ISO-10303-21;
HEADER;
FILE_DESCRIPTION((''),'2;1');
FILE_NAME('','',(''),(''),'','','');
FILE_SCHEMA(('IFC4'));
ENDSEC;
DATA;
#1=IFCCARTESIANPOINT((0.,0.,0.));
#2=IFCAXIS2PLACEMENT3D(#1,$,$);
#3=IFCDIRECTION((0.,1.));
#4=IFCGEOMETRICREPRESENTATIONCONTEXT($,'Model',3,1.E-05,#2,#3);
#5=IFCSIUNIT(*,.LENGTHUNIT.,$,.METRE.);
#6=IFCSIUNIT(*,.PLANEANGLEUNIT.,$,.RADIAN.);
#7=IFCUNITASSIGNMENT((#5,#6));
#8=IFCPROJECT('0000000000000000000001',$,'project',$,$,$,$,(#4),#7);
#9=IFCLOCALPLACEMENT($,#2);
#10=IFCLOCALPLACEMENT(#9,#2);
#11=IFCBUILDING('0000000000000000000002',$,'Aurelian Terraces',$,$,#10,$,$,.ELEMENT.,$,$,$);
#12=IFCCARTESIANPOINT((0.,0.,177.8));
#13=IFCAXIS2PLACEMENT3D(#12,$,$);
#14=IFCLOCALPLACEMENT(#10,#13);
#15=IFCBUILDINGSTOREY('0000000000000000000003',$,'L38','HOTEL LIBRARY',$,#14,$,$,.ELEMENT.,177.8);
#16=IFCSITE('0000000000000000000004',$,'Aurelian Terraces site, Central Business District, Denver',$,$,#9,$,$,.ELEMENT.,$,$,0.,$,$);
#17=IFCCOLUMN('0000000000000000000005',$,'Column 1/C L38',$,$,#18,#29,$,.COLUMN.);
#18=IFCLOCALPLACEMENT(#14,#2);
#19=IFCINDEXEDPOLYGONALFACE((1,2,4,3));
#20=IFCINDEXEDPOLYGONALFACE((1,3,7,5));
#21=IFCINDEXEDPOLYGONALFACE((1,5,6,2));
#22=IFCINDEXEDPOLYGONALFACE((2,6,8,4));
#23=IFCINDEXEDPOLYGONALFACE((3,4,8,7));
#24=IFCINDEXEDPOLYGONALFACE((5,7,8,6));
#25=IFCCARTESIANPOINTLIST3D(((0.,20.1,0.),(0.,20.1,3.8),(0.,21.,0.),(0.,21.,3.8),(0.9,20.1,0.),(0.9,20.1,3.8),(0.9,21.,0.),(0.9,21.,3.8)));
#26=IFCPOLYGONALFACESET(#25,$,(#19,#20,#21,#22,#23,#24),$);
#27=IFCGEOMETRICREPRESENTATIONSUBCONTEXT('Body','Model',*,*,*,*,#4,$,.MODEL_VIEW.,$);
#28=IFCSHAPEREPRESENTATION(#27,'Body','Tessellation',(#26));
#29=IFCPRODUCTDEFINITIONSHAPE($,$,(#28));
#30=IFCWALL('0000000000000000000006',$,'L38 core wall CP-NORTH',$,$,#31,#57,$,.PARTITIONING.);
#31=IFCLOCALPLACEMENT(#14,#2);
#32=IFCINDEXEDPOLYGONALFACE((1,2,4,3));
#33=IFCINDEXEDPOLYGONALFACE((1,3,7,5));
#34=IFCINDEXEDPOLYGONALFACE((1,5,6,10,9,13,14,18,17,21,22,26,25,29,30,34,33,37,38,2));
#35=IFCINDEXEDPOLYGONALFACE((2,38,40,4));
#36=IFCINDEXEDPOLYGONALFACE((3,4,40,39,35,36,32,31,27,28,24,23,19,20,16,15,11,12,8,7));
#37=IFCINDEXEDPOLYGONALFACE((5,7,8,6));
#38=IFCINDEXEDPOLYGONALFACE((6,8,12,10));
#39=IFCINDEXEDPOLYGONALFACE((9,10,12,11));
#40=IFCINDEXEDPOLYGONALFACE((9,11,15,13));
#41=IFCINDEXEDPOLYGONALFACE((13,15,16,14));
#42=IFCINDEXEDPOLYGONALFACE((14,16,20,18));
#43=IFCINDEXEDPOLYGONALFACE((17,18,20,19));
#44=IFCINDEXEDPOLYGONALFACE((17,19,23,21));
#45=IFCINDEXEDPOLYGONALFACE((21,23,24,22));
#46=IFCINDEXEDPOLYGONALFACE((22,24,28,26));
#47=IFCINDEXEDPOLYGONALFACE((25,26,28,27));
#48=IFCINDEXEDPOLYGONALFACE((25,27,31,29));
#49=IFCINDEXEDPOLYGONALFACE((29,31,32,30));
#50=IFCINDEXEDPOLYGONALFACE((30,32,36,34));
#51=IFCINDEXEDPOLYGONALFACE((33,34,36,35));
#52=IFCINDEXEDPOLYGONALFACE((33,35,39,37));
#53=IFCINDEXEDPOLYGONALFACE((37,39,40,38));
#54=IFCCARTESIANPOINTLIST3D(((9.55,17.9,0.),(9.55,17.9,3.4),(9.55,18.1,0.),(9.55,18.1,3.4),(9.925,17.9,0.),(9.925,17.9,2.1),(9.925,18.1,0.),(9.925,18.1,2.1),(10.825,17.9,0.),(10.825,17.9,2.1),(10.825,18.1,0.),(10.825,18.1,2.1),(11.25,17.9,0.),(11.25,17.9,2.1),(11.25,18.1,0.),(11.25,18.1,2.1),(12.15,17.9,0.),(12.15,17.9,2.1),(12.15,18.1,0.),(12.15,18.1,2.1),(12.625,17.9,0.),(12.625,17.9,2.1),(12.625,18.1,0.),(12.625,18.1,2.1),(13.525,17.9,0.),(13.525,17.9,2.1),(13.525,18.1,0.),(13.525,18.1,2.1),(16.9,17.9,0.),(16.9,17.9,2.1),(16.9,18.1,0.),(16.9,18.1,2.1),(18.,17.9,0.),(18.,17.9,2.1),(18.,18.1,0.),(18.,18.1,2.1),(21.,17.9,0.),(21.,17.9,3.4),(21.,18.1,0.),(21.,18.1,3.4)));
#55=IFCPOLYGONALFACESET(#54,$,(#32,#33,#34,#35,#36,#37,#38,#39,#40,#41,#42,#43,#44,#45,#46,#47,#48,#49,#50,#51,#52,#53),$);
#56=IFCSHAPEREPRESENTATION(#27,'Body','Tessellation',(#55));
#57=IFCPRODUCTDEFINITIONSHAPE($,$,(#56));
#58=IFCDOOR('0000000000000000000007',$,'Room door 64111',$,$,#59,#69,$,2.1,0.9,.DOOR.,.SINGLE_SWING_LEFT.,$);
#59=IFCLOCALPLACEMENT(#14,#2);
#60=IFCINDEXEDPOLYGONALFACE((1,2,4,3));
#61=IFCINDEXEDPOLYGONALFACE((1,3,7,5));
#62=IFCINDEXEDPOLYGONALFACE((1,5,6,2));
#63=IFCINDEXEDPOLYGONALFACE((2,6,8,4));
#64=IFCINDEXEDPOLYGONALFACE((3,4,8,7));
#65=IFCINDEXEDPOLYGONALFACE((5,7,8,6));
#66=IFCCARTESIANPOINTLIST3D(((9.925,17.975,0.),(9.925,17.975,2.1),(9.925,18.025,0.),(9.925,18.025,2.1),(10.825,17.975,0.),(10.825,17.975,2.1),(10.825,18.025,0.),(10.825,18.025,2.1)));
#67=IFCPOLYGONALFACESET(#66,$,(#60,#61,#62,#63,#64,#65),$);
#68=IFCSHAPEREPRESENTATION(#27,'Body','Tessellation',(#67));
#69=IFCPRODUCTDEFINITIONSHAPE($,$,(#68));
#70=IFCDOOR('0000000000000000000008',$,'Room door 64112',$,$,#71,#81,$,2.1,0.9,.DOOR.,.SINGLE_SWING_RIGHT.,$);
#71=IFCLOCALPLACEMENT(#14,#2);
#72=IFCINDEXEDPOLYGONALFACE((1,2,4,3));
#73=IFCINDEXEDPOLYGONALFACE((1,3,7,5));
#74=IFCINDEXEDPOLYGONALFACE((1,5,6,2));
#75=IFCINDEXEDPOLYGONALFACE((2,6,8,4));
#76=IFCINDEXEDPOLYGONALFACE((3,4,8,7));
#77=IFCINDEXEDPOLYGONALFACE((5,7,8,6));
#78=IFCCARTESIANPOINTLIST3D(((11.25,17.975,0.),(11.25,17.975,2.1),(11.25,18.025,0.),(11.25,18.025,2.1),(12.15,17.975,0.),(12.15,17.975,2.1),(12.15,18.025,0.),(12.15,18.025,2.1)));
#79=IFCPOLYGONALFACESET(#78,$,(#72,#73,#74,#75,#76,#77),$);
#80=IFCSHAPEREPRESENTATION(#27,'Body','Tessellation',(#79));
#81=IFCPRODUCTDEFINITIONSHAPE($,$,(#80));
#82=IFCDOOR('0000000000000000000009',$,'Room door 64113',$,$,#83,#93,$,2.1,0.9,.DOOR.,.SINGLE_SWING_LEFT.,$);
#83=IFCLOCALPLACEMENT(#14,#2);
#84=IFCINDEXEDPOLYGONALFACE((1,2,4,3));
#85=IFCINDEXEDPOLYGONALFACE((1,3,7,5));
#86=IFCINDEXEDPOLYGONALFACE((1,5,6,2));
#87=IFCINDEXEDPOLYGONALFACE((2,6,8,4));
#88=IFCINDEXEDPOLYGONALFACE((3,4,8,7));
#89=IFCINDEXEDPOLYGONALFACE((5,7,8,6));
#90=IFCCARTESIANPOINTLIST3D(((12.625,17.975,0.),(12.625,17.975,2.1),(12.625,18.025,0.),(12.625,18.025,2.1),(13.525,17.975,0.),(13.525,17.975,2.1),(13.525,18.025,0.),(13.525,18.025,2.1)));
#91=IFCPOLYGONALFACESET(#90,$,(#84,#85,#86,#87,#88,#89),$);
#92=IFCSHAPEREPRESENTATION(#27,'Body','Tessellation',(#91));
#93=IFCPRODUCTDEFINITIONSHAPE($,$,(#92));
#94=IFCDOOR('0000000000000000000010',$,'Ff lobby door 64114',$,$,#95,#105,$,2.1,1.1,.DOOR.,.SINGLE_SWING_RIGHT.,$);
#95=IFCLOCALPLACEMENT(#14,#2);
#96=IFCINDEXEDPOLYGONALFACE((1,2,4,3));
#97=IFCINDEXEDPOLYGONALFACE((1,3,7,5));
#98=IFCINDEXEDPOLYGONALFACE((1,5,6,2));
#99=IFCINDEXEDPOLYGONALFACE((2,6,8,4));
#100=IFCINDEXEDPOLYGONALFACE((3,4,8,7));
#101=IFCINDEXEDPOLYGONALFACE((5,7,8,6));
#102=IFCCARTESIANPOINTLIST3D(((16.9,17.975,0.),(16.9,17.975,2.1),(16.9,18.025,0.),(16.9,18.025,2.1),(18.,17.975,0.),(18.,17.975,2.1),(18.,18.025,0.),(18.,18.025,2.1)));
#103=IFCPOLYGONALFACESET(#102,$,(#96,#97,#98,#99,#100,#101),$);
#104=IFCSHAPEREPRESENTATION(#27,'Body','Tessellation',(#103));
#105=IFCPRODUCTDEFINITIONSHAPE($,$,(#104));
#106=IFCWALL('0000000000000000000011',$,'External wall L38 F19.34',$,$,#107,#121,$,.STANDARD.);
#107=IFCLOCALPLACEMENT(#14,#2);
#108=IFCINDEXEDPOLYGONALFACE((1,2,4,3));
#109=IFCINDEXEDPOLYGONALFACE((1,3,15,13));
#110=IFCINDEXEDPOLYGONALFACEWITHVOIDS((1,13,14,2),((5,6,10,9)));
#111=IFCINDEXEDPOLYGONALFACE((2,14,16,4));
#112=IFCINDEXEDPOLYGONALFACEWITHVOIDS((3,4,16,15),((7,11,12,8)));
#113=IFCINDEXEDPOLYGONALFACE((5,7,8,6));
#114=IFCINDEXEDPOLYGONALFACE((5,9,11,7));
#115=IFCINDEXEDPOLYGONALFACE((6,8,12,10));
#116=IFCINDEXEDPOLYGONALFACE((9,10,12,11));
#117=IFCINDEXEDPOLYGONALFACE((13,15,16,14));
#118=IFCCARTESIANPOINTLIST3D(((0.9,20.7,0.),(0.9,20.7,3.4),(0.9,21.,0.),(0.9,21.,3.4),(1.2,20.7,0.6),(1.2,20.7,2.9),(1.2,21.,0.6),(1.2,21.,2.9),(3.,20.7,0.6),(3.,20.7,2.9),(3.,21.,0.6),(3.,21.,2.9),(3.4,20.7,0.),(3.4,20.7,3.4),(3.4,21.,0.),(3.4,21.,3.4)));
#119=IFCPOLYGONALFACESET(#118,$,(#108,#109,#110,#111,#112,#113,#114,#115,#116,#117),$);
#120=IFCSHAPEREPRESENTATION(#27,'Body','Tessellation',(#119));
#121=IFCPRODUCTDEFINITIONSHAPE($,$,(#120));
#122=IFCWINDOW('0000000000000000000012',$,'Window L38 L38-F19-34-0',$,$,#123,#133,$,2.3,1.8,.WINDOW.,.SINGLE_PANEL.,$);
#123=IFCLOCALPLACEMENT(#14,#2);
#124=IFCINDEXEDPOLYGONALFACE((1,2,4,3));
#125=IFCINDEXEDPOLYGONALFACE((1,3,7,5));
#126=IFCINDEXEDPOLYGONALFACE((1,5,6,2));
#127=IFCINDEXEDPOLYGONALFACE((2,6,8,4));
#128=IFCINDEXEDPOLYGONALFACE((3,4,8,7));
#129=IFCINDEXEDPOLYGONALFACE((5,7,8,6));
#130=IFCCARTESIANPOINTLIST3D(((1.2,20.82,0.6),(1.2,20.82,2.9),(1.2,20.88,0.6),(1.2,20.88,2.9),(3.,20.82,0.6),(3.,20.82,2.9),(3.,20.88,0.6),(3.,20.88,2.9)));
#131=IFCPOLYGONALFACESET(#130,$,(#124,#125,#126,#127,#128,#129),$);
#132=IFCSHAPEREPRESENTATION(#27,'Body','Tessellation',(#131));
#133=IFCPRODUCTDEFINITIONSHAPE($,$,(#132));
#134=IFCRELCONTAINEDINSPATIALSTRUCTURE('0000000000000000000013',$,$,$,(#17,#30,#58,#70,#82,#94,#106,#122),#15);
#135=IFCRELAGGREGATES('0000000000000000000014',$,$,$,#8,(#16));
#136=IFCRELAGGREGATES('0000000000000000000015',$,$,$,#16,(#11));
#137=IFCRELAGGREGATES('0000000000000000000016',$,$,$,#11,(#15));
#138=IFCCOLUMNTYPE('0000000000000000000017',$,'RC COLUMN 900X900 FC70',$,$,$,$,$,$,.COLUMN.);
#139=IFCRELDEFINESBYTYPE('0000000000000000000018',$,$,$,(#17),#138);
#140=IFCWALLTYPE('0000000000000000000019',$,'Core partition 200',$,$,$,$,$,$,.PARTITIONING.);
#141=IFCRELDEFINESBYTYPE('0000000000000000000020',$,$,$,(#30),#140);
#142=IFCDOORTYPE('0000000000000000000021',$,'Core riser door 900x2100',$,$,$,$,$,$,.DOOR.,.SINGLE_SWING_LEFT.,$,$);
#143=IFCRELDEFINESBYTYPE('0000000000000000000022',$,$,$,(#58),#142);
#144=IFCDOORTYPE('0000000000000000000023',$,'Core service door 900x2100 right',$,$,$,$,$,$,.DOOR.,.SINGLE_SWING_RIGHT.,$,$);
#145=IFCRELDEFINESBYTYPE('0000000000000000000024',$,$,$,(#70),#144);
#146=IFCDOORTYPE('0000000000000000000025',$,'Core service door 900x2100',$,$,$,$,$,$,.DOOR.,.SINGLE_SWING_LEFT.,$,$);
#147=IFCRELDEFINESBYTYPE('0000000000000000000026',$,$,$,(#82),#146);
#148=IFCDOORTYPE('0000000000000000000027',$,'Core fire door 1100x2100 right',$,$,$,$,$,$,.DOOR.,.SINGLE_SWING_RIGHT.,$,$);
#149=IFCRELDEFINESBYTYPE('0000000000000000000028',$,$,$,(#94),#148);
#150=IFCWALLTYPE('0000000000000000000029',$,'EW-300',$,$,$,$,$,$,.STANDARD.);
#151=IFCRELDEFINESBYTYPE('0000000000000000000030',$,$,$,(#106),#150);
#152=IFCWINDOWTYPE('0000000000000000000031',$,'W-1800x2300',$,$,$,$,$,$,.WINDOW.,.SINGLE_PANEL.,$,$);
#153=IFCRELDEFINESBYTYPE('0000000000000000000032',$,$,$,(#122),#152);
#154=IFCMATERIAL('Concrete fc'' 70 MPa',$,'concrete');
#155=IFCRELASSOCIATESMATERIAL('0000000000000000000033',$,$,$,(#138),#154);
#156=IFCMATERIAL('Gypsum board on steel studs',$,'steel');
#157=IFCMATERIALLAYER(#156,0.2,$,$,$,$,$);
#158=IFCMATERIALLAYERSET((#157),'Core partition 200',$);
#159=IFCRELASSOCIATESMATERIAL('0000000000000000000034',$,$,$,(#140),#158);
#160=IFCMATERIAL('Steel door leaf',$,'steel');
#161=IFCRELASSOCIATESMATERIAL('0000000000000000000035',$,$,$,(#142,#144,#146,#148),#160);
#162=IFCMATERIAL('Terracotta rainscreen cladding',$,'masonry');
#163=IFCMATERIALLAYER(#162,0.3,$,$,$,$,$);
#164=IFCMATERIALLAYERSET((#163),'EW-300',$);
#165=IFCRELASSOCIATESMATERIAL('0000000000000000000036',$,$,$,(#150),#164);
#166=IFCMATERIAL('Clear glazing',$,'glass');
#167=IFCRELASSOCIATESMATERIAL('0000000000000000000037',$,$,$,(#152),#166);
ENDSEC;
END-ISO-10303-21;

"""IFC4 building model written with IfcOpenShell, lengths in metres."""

from ifc_helpers import new_model, si_unit, direction, frame, frame_2d, origin, origin_2d, place, context, subcontext, project, spatial, rectangle, extrude, source, transform, mapped, material, layer, layer_set, material_profile, profile_set, type_object, element, fill, save


model = new_model("IFC4")

# Units and contexts
model_context = context("Model", 3, precision=1e-05, world=origin(), true_north=direction((0.0, 1.0)))
body_context = subcontext(model_context, "Body", "Model", "MODEL_VIEW")
ifc_project = project(units=[si_unit("LENGTHUNIT", "METRE"), si_unit("PLANEANGLEUNIT", "RADIAN")], contexts=[model_context])

# Site, building, storey
site_placement = place(None, origin())
site = spatial("IfcSite", under=ifc_project, at=site_placement, Name="Aurelian Terraces site, Central Business District, Denver", CompositionType="ELEMENT", RefElevation=0.0)
building_placement = place(site_placement, origin())
building = spatial("IfcBuilding", under=site, at=building_placement, Name="Aurelian Terraces", CompositionType="ELEMENT")
storey_placement = place(building_placement, frame((0.0, 0.0, 177.8)))
storey = spatial("IfcBuildingStorey", under=building, at=storey_placement, Name="L38", Description="HOTEL LIBRARY", CompositionType="ELEMENT", Elevation=177.8)

# Column
ifc_material_1 = material(Name="Concrete fc' 70 MPa", Category="concrete")
ifc_material_profile = material_profile(ifc_material_1, rectangle(XDim=0.9, YDim=0.9, at=origin_2d()))
ifc_profile_set = profile_set([ifc_material_profile], Name="Concrete fc' 70 MPa")
column_type = type_object("IfcColumnType", Name="RC COLUMN 900X900 FC70", PredefinedType="COLUMN", material=ifc_profile_set)
shared_shape_1 = source(origin(), body_context, "Body", "SweptSolid", [
    extrude(rectangle(XDim=0.9, YDim=0.9, at=origin_2d()), origin(), (0.0, 0.0, 1.0), 3.8),
])
column_placement = place(storey_placement, frame((0.45, 20.55, 0.0), z_axis=(0.0, 0.0, 1.0), x_axis=(1.0, 0.0, 0.0)))
element("IfcColumn", 1, at=column_placement, inside=storey, type_object=column_type, Name="Column 1/C L38", PredefinedType="COLUMN", context=body_context, shape_type="MappedRepresentation", body=[
    mapped(shared_shape_1, transform((0.0, 0.0, 0.0), scale=1.0)),
])

# Wall, openings, doors
ifc_material_2 = material(Name="Gypsum board on steel studs", Category="steel")
ifc_layer_1 = layer(ifc_material_2, 0.2)
ifc_layer_set_1 = layer_set([ifc_layer_1], Name="Core partition 200")
wall_type_1 = type_object("IfcWallType", Name="Core partition 200", PredefinedType="PARTITIONING", material=ifc_layer_set_1)
wall_1_placement = place(storey_placement, frame((9.55, 18.0, 0.0), z_axis=(0.0, 0.0, 1.0), x_axis=(1.0, 0.0, 0.0)))
wall_1 = element("IfcWall", 2, at=wall_1_placement, inside=storey, type_object=wall_type_1, Name="L38 core wall CP-NORTH", PredefinedType="PARTITIONING", context=body_context, shape_type="SweptSolid", body=[
    extrude(rectangle(XDim=11.45, YDim=0.2, at=frame_2d((5.725, 0.0))), origin(), (0.0, 0.0, 1.0), 3.4),
])
shared_shape_2 = source(origin(), body_context, "Body", "SweptSolid", [
    extrude(rectangle(XDim=0.9, YDim=2.1, at=frame_2d((0.45, 1.05))), frame((0.0, 0.11, 0.0), z_axis=(0.0, -1.0, 0.0), x_axis=(1.0, 0.0, 0.0)), (0.0, 0.0, 1.0), 0.22),
])
opening_1_placement = place(wall_1_placement, frame((0.375, 0.0, 0.0)))
opening_1 = element("IfcOpeningElement", 3, at=opening_1_placement, cuts=wall_1, PredefinedType="OPENING", context=body_context, shape_type="MappedRepresentation", body=[
    mapped(shared_shape_2, transform((0.0, 0.0, 0.0), scale=1.0)),
])
opening_2_placement = place(wall_1_placement, frame((1.7, 0.0, 0.0)))
opening_2 = element("IfcOpeningElement", 4, at=opening_2_placement, cuts=wall_1, PredefinedType="OPENING", context=body_context, shape_type="MappedRepresentation", body=[
    mapped(shared_shape_2, transform((0.0, 0.0, 0.0), scale=1.0)),
])
opening_3_placement = place(wall_1_placement, frame((3.075, 0.0, 0.0)))
opening_3 = element("IfcOpeningElement", 5, at=opening_3_placement, cuts=wall_1, PredefinedType="OPENING", context=body_context, shape_type="MappedRepresentation", body=[
    mapped(shared_shape_2, transform((0.0, 0.0, 0.0), scale=1.0)),
])
shared_shape_3 = source(origin(), body_context, "Body", "SweptSolid", [
    extrude(rectangle(XDim=1.1, YDim=2.1, at=frame_2d((0.55, 1.05))), frame((0.0, 0.11, 0.0), z_axis=(0.0, -1.0, 0.0), x_axis=(1.0, 0.0, 0.0)), (0.0, 0.0, 1.0), 0.22),
])
opening_4_placement = place(wall_1_placement, frame((7.35, 0.0, 0.0)))
opening_4 = element("IfcOpeningElement", 6, at=opening_4_placement, cuts=wall_1, PredefinedType="OPENING", context=body_context, shape_type="MappedRepresentation", body=[
    mapped(shared_shape_3, transform((0.0, 0.0, 0.0), scale=1.0)),
])
ifc_material_3 = material(Name="Steel door leaf", Category="steel")
door_type_1 = type_object("IfcDoorType", Name="Core riser door 900x2100", OperationType="SINGLE_SWING_LEFT", PredefinedType="DOOR", material=ifc_material_3)
shared_shape_4 = source(origin(), body_context, "Body", "SweptSolid", [
    extrude(rectangle(XDim=0.9, YDim=2.1, at=frame_2d((0.45, 1.05))), frame((0.0, 0.025, 0.0), z_axis=(0.0, -1.0, 0.0), x_axis=(1.0, 0.0, 0.0)), (0.0, 0.0, 1.0), 0.05),
])
door_1_placement = place(opening_1_placement, origin())
door_1 = element("IfcDoor", 7, at=door_1_placement, inside=storey, type_object=door_type_1, Name="Room door 64111", OperationType="SINGLE_SWING_LEFT", OverallHeight=2.1, OverallWidth=0.9, PredefinedType="DOOR", context=body_context, shape_type="MappedRepresentation", body=[
    mapped(shared_shape_4, transform((0.0, 0.0, 0.0), scale=1.0)),
])
fill(opening_1, door_1)
door_type_2 = type_object("IfcDoorType", Name="Core service door 900x2100 right", OperationType="SINGLE_SWING_RIGHT", PredefinedType="DOOR", material=ifc_material_3)
door_2_placement = place(opening_2_placement, origin())
door_2 = element("IfcDoor", 8, at=door_2_placement, inside=storey, type_object=door_type_2, Name="Room door 64112", OperationType="SINGLE_SWING_RIGHT", OverallHeight=2.1, OverallWidth=0.9, PredefinedType="DOOR", context=body_context, shape_type="MappedRepresentation", body=[
    mapped(shared_shape_4, transform((0.0, 0.0, 0.0), scale=1.0)),
])
fill(opening_2, door_2)
door_type_3 = type_object("IfcDoorType", Name="Core service door 900x2100", OperationType="SINGLE_SWING_LEFT", PredefinedType="DOOR", material=ifc_material_3)
door_3_placement = place(opening_3_placement, origin())
door_3 = element("IfcDoor", 9, at=door_3_placement, inside=storey, type_object=door_type_3, Name="Room door 64113", OperationType="SINGLE_SWING_LEFT", OverallHeight=2.1, OverallWidth=0.9, PredefinedType="DOOR", context=body_context, shape_type="MappedRepresentation", body=[
    mapped(shared_shape_4, transform((0.0, 0.0, 0.0), scale=1.0)),
])
fill(opening_3, door_3)
door_type_4 = type_object("IfcDoorType", Name="Core fire door 1100x2100 right", OperationType="SINGLE_SWING_RIGHT", PredefinedType="DOOR", material=ifc_material_3)
shared_shape_5 = source(origin(), body_context, "Body", "SweptSolid", [
    extrude(rectangle(XDim=1.1, YDim=2.1, at=frame_2d((0.55, 1.05))), frame((0.0, 0.025, 0.0), z_axis=(0.0, -1.0, 0.0), x_axis=(1.0, 0.0, 0.0)), (0.0, 0.0, 1.0), 0.05),
])
door_4_placement = place(opening_4_placement, origin())
door_4 = element("IfcDoor", 10, at=door_4_placement, inside=storey, type_object=door_type_4, Name="Ff lobby door 64114", OperationType="SINGLE_SWING_RIGHT", OverallHeight=2.1, OverallWidth=1.1, PredefinedType="DOOR", context=body_context, shape_type="MappedRepresentation", body=[
    mapped(shared_shape_5, transform((0.0, 0.0, 0.0), scale=1.0)),
])
fill(opening_4, door_4)

# Wall, opening, window
ifc_material_4 = material(Name="Terracotta rainscreen cladding", Category="masonry")
ifc_layer_2 = layer(ifc_material_4, 0.3)
ifc_layer_set_2 = layer_set([ifc_layer_2], Name="EW-300")
wall_type_2 = type_object("IfcWallType", Name="EW-300", PredefinedType="STANDARD", material=ifc_layer_set_2)
wall_2_placement = place(storey_placement, frame((3.4, 20.85, 0.0), z_axis=(0.0, 0.0, 1.0), x_axis=(-1.0, 0.0, 0.0)))
wall_2 = element("IfcWall", 11, at=wall_2_placement, inside=storey, type_object=wall_type_2, Name="External wall L38 F19.34", PredefinedType="STANDARD", context=body_context, shape_type="SweptSolid", body=[
    extrude(rectangle(XDim=2.5, YDim=0.3, at=frame_2d((1.25, 0.0))), origin(), (0.0, 0.0, 1.0), 3.4),
])
shared_shape_6 = source(origin(), body_context, "Body", "SweptSolid", [
    extrude(rectangle(XDim=1.8, YDim=2.3, at=frame_2d((0.9, 1.15))), frame((0.0, 0.16, 0.0), z_axis=(0.0, -1.0, 0.0), x_axis=(1.0, 0.0, 0.0)), (0.0, 0.0, 1.0), 0.32),
])
opening_5_placement = place(wall_2_placement, frame((0.4, 0.0, 0.6)))
opening_5 = element("IfcOpeningElement", 12, at=opening_5_placement, cuts=wall_2, PredefinedType="OPENING", context=body_context, shape_type="MappedRepresentation", body=[
    mapped(shared_shape_6, transform((0.0, 0.0, 0.0), scale=1.0)),
])
ifc_material_5 = material(Name="Clear glazing", Category="glass")
window_type = type_object("IfcWindowType", Name="W-1800x2300", PartitioningType="SINGLE_PANEL", PredefinedType="WINDOW", material=ifc_material_5)
shared_shape_7 = source(origin(), body_context, "Body", "SweptSolid", [
    extrude(rectangle(XDim=1.8, YDim=2.3, at=frame_2d((0.9, 1.15))), frame((0.0, 0.03, 0.0), z_axis=(0.0, -1.0, 0.0), x_axis=(1.0, 0.0, 0.0)), (0.0, 0.0, 1.0), 0.06),
])
window_1_placement = place(opening_5_placement, origin())
window_1 = element("IfcWindow", 13, at=window_1_placement, inside=storey, type_object=window_type, Name="Window L38 L38-F19-34-0", OverallHeight=2.3, OverallWidth=1.8, PartitioningType="SINGLE_PANEL", PredefinedType="WINDOW", context=body_context, shape_type="MappedRepresentation", body=[
    mapped(shared_shape_7, transform((0.0, 0.0, 0.0), scale=1.0)),
])
fill(opening_5, window_1)

save(model, "model.ifc")
